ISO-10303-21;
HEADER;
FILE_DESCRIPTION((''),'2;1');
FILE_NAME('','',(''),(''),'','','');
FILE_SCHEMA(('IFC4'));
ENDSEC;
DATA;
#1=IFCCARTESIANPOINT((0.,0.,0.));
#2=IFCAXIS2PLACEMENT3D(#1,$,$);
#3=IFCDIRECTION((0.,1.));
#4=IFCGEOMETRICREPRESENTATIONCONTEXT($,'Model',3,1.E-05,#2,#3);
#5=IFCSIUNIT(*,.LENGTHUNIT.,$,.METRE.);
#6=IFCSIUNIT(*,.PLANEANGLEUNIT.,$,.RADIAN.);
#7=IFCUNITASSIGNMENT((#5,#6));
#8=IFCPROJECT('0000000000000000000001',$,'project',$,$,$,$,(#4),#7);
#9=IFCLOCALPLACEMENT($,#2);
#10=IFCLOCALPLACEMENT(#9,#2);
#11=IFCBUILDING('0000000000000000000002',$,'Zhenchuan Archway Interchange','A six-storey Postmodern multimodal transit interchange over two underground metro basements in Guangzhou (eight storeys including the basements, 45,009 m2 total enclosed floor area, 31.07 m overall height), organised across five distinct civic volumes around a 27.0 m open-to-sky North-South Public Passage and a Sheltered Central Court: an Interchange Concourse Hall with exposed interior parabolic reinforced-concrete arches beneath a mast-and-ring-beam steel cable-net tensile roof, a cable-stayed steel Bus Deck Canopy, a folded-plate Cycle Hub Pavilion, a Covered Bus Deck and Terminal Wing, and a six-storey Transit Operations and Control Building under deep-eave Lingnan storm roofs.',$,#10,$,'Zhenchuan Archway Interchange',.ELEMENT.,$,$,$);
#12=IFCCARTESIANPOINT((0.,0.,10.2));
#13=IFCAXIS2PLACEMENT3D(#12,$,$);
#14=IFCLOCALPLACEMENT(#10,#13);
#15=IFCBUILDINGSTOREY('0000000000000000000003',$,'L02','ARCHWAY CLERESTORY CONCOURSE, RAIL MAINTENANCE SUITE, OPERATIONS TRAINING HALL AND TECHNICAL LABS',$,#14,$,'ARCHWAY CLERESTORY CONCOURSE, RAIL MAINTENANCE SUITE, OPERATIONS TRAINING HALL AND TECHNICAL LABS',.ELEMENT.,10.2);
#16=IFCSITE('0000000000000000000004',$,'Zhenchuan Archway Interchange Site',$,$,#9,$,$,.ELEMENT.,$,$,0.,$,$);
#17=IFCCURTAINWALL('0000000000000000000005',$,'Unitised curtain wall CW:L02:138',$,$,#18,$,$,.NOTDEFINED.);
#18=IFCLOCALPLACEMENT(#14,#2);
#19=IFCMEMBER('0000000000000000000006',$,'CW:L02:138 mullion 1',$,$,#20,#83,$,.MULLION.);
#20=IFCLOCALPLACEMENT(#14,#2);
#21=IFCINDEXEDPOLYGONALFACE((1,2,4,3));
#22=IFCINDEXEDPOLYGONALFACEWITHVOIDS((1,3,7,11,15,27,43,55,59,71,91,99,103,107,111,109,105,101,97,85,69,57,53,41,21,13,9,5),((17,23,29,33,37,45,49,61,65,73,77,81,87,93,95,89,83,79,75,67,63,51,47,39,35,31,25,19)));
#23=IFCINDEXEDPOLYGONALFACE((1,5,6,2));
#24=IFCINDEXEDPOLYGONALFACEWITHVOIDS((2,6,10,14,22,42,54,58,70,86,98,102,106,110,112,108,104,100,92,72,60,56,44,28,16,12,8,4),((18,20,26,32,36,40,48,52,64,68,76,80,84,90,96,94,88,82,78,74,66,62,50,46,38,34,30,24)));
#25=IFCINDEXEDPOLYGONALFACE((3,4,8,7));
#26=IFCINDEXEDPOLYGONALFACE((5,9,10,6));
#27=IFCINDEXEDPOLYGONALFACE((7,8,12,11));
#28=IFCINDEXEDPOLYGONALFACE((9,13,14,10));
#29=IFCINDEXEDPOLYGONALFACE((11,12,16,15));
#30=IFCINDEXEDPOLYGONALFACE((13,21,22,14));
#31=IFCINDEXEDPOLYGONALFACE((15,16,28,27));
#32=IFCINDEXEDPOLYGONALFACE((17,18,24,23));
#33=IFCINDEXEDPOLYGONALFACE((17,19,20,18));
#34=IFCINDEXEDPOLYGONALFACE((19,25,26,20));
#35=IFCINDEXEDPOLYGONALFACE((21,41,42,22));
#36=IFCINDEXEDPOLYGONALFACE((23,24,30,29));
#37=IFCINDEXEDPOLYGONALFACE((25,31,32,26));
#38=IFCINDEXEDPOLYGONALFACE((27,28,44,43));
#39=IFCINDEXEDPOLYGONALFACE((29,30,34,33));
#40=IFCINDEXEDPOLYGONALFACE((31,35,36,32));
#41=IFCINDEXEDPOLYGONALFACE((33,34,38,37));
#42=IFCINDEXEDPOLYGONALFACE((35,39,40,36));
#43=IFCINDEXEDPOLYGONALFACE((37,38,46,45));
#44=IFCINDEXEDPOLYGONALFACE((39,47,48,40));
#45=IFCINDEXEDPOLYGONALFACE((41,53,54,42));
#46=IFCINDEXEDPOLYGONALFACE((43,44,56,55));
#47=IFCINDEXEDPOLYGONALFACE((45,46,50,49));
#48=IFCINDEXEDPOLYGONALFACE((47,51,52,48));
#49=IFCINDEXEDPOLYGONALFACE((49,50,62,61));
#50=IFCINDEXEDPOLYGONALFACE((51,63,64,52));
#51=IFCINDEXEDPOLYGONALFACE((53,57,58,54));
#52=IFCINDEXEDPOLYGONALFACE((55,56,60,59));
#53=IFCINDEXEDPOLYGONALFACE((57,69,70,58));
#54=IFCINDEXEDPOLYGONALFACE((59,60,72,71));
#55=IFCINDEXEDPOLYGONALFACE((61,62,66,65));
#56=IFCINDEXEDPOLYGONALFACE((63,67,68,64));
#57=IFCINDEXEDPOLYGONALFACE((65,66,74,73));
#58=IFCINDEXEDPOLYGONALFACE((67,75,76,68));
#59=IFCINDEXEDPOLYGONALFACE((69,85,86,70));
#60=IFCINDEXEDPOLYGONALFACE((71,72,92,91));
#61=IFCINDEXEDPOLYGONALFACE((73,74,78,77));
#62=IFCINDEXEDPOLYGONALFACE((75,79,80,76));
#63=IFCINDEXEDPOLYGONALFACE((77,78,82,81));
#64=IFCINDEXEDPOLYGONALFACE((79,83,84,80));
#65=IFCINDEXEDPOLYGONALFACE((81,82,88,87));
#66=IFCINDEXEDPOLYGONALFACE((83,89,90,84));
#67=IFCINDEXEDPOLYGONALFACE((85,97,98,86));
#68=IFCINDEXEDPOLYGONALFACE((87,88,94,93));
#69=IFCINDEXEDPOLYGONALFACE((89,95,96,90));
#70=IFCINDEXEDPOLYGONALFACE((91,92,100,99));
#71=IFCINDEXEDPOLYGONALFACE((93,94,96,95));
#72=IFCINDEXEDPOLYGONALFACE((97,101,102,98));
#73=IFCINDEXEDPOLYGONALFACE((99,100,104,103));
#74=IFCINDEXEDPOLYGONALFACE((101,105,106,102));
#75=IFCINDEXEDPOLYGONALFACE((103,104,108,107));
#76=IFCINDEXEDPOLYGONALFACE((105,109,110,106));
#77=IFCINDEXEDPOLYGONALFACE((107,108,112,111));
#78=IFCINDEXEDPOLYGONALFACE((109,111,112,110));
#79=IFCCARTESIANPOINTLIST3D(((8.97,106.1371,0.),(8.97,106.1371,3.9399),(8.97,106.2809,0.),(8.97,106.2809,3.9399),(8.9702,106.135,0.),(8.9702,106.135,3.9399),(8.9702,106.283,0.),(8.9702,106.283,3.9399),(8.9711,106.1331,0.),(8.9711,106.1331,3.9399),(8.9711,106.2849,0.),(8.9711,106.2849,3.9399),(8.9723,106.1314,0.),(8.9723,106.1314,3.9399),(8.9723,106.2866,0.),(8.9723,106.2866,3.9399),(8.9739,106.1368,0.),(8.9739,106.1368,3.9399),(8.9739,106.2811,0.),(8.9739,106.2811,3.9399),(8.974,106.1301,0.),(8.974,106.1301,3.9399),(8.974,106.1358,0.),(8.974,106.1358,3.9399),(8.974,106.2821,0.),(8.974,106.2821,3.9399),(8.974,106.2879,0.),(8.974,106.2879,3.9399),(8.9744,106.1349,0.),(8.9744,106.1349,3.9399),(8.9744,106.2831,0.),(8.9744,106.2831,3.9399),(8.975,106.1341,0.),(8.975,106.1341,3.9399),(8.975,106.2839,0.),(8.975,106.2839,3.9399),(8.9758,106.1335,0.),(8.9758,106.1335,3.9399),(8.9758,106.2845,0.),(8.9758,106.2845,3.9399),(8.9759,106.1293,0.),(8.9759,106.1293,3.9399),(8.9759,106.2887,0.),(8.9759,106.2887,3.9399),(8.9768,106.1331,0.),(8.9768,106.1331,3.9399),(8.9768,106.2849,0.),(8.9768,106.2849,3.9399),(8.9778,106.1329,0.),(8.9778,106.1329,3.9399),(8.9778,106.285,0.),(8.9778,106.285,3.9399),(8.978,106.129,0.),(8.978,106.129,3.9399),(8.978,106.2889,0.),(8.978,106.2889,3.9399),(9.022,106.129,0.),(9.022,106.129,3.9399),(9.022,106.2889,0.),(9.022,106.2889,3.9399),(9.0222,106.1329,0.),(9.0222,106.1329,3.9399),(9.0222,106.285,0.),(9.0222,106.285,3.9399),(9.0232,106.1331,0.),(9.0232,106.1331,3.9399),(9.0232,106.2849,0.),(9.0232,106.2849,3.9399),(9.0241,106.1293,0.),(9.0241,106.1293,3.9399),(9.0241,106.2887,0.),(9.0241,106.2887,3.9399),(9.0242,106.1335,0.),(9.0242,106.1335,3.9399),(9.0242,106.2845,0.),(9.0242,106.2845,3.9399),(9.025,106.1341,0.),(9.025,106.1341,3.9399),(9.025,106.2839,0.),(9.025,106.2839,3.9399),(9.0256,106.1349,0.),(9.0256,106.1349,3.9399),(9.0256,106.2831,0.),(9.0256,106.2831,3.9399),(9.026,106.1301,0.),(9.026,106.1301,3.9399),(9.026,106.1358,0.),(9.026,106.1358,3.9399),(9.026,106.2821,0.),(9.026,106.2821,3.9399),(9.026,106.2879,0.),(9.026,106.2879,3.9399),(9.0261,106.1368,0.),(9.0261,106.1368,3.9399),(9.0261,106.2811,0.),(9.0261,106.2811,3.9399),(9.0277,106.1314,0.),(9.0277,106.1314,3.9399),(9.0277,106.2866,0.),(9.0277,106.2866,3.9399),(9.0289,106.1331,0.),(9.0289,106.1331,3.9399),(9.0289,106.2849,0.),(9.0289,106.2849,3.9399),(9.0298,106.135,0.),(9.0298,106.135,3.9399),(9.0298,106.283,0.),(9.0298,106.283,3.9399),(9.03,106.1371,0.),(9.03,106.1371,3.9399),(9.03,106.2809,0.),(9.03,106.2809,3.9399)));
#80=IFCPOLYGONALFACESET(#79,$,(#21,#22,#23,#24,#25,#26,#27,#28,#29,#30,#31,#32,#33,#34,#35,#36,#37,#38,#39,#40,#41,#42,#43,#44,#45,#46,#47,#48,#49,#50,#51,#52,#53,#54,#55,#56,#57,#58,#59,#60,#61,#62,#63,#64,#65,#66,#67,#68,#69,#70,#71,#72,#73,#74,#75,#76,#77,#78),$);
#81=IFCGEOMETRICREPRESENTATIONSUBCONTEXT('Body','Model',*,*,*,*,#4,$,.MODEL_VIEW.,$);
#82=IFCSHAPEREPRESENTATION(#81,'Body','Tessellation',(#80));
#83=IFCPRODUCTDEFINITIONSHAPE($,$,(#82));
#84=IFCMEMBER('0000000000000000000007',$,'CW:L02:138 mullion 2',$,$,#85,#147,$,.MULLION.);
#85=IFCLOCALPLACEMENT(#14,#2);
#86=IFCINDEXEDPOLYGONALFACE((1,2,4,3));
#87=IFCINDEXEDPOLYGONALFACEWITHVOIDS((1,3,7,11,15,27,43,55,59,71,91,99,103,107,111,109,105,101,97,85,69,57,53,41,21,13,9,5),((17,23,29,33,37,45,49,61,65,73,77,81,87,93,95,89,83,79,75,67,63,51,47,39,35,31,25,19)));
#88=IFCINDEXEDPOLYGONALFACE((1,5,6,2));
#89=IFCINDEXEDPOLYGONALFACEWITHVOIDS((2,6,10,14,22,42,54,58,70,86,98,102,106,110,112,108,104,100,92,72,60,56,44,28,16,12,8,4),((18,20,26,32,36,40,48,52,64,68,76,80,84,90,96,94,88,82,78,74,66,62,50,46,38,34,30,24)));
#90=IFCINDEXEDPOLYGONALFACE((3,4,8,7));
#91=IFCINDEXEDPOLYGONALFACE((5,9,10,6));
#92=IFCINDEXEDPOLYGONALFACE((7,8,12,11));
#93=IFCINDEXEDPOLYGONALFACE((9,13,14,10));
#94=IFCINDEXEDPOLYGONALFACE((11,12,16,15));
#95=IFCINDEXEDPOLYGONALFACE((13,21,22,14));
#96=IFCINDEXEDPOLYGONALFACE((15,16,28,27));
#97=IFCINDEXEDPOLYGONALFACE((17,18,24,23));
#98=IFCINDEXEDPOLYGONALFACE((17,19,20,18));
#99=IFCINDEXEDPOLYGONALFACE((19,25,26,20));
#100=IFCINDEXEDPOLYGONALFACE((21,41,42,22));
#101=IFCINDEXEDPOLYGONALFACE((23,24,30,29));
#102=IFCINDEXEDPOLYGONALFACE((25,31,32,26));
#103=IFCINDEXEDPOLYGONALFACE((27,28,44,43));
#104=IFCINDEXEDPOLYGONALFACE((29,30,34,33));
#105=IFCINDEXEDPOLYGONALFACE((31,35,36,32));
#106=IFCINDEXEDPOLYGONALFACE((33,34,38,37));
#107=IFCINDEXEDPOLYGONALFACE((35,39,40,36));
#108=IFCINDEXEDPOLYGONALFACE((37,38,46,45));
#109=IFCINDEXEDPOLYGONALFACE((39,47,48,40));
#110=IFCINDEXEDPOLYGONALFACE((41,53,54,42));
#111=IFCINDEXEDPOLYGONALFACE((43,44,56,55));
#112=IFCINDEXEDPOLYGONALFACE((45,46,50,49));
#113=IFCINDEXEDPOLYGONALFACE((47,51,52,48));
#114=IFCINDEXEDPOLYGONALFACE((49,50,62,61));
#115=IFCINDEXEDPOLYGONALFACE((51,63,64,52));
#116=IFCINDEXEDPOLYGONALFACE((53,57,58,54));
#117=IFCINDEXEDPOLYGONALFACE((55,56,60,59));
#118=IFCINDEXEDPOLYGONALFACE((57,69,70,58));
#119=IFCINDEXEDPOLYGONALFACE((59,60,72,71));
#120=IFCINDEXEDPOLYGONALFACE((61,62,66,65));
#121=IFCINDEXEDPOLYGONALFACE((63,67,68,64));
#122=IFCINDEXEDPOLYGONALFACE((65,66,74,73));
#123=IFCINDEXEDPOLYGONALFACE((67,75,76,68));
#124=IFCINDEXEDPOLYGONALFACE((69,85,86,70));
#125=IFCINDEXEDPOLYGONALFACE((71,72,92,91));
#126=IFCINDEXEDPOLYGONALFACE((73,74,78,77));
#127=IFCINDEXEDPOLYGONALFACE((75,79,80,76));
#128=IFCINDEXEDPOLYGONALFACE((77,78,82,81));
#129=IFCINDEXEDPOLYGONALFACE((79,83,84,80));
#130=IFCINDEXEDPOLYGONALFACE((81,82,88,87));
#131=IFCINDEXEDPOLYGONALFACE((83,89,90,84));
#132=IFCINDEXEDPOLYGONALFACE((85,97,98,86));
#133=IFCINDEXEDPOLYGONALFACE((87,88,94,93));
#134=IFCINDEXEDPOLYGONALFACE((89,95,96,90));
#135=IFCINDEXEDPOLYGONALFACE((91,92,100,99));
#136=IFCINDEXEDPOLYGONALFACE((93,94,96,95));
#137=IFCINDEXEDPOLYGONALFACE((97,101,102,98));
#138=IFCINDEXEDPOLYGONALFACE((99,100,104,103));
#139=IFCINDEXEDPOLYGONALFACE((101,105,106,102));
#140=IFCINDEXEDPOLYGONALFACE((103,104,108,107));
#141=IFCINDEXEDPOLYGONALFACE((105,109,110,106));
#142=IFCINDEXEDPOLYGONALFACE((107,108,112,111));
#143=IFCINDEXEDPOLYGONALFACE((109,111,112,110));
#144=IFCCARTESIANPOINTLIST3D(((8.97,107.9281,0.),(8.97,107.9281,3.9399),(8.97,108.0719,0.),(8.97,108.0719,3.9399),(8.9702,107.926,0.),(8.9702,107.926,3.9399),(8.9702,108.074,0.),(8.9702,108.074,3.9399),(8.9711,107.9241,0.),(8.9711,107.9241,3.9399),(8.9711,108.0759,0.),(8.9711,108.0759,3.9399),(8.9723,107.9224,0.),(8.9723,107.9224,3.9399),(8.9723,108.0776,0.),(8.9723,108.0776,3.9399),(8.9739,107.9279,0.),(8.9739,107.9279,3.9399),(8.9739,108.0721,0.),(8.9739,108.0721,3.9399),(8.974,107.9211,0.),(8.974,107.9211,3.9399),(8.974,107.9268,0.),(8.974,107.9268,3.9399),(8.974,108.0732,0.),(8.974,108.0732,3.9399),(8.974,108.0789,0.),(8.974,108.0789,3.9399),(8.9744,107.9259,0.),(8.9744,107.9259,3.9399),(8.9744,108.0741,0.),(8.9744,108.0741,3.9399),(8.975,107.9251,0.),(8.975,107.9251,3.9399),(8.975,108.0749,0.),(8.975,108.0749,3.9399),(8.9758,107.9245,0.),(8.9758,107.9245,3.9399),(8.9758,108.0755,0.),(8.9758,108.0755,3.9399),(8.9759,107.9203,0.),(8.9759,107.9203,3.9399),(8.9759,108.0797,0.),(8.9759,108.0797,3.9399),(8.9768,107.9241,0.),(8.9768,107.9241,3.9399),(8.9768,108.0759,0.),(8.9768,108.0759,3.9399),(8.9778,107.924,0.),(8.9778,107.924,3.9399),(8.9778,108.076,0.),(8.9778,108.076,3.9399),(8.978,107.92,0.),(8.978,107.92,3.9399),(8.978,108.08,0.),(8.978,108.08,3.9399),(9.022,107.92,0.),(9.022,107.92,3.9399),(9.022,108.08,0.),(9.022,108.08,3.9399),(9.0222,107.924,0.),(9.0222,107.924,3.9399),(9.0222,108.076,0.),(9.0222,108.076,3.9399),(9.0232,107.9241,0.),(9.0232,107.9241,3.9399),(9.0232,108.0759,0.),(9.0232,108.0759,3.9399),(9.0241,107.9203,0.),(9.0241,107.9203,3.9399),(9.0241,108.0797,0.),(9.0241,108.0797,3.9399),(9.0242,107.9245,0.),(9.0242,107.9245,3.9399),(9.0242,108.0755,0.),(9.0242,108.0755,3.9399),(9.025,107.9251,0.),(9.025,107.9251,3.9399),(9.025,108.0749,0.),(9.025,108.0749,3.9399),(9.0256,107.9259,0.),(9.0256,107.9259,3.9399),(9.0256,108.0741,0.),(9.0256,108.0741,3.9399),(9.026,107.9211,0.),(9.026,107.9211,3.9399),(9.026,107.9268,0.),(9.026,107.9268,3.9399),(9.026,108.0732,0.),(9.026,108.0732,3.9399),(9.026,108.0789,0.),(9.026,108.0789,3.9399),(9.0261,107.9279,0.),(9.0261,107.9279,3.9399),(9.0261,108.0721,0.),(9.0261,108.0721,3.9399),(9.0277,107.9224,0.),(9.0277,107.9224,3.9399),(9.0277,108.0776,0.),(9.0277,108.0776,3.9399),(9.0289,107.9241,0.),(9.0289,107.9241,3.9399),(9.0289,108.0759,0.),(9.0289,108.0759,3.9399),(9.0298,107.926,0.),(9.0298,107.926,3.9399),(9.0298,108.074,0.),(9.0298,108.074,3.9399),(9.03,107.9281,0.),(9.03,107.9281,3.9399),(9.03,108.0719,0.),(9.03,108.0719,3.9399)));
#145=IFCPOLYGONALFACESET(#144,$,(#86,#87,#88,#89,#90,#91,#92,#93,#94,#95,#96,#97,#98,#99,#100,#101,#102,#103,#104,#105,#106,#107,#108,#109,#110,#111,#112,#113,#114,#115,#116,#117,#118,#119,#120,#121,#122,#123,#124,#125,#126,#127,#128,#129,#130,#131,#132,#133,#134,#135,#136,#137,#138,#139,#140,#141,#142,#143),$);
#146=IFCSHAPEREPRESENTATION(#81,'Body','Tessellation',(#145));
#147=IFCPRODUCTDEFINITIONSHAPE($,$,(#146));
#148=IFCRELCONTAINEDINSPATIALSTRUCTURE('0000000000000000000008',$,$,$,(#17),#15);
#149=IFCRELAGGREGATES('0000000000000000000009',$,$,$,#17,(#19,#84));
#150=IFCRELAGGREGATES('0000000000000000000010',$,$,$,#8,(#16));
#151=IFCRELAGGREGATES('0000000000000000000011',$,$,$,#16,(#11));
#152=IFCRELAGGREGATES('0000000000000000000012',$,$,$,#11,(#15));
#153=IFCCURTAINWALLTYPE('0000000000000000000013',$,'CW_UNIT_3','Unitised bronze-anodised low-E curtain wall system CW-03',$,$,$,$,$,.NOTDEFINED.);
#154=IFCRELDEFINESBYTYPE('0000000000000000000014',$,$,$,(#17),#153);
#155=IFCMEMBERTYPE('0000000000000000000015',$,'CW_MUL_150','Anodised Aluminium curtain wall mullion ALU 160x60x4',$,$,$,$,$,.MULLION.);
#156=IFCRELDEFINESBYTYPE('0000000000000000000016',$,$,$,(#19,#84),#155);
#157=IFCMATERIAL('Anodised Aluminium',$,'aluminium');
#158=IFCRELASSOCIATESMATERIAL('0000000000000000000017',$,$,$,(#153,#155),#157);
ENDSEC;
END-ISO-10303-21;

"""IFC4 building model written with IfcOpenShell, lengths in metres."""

from ifc_helpers import new_model, si_unit, direction, frame, origin, origin_2d, place, context, subcontext, project, spatial, hollow_rectangle, extrude, material, material_profile, profile_set, type_object, element, aggregate, save


model = new_model("IFC4")

# Units and contexts
model_context = context("Model", 3, precision=1e-05, world=origin(), true_north=direction((0.0, 1.0)))
body_context = subcontext(model_context, "Body", "Model", "MODEL_VIEW")
ifc_project = project(units=[si_unit("LENGTHUNIT", "METRE"), si_unit("PLANEANGLEUNIT", "RADIAN")], contexts=[model_context])

# Site, building, storey
site_placement = place(None, origin())
site = spatial("IfcSite", under=ifc_project, at=site_placement, Name="Zhenchuan Archway Interchange Site", CompositionType="ELEMENT", RefElevation=0.0)
building_placement = place(site_placement, origin())
building = spatial("IfcBuilding", under=site, at=building_placement, Name="Zhenchuan Archway Interchange", Description="A six-storey Postmodern multimodal transit interchange over two underground metro basements in Guangzhou (eight storeys including the basements, 45,009 m2 total enclosed floor area, 31.07 m overall height), organised across five distinct civic volumes around a 27.0 m open-to-sky North-South Public Passage and a Sheltered Central Court: an Interchange Concourse Hall with exposed interior parabolic reinforced-concrete arches beneath a mast-and-ring-beam steel cable-net tensile roof, a cable-stayed steel Bus Deck Canopy, a folded-plate Cycle Hub Pavilion, a Covered Bus Deck and Terminal Wing, and a six-storey Transit Operations and Control Building under deep-eave Lingnan storm roofs.", LongName="Zhenchuan Archway Interchange", CompositionType="ELEMENT")
storey_placement = place(building_placement, frame((0.0, 0.0, 10.2)))
storey = spatial("IfcBuildingStorey", under=building, at=storey_placement, Name="L02", Description="ARCHWAY CLERESTORY CONCOURSE, RAIL MAINTENANCE SUITE, OPERATIONS TRAINING HALL AND TECHNICAL LABS", LongName="ARCHWAY CLERESTORY CONCOURSE, RAIL MAINTENANCE SUITE, OPERATIONS TRAINING HALL AND TECHNICAL LABS", CompositionType="ELEMENT", Elevation=10.2)

# Curtain wall, members
ifc_material_1 = material(Name="Anodised Aluminium", Category="aluminium")
curtain_wall_type = type_object("IfcCurtainWallType", Name="CW_UNIT_3", Description="Unitised bronze-anodised low-E curtain wall system CW-03", PredefinedType="NOTDEFINED", material=ifc_material_1)
curtain_wall_placement = place(storey_placement, origin())
curtain_wall = element("IfcCurtainWall", 1, at=curtain_wall_placement, inside=storey, type_object=curtain_wall_type, Name="Unitised curtain wall CW:L02:138", PredefinedType="NOTDEFINED")
ifc_material_profile_1 = material_profile(ifc_material_1, hollow_rectangle(XDim=0.0601, YDim=0.1599, WallThickness=0.0039, InnerFilletRadius=0.0039, OuterFilletRadius=0.0081, at=origin_2d()), Name="ALU 160x60x4")
ifc_profile_set_1 = profile_set([ifc_material_profile_1], Name="Anodised Aluminium")
member_type_1 = type_object("IfcMemberType", Name="CW_MUL_150", Description="Anodised Aluminium curtain wall mullion ALU 160x60x4", PredefinedType="MULLION", material=ifc_profile_set_1)
member_1_placement = place(storey_placement, frame((9.0, 106.209, 0.0), z_axis=(0.0, 0.0, 1.0), x_axis=(1.0, 0.0, 0.0)))
member_1 = element("IfcMember", 2, at=member_1_placement, type_object=member_type_1, Name="CW:L02:138 mullion 1", PredefinedType="MULLION", context=body_context, shape_type="SweptSolid", body=[
    extrude(hollow_rectangle(XDim=0.0601, YDim=0.1599, WallThickness=0.0039, InnerFilletRadius=0.0039, OuterFilletRadius=0.0081, at=origin_2d()), origin(), (0.0, 0.0, 1.0), 3.9399),
])
member_2_placement = place(storey_placement, frame((9.0, 108.0, 0.0), z_axis=(0.0, 0.0, 1.0), x_axis=(1.0, 0.0, 0.0)))
member_2 = element("IfcMember", 3, at=member_2_placement, type_object=member_type_1, Name="CW:L02:138 mullion 2", PredefinedType="MULLION", context=body_context, shape_type="SweptSolid", body=[
    extrude(hollow_rectangle(XDim=0.0601, YDim=0.1599, WallThickness=0.0039, InnerFilletRadius=0.0039, OuterFilletRadius=0.0081, at=origin_2d()), origin(), (0.0, 0.0, 1.0), 3.9399),
])
aggregate(curtain_wall, [member_1, member_2])

save(model, "model.ifc")
